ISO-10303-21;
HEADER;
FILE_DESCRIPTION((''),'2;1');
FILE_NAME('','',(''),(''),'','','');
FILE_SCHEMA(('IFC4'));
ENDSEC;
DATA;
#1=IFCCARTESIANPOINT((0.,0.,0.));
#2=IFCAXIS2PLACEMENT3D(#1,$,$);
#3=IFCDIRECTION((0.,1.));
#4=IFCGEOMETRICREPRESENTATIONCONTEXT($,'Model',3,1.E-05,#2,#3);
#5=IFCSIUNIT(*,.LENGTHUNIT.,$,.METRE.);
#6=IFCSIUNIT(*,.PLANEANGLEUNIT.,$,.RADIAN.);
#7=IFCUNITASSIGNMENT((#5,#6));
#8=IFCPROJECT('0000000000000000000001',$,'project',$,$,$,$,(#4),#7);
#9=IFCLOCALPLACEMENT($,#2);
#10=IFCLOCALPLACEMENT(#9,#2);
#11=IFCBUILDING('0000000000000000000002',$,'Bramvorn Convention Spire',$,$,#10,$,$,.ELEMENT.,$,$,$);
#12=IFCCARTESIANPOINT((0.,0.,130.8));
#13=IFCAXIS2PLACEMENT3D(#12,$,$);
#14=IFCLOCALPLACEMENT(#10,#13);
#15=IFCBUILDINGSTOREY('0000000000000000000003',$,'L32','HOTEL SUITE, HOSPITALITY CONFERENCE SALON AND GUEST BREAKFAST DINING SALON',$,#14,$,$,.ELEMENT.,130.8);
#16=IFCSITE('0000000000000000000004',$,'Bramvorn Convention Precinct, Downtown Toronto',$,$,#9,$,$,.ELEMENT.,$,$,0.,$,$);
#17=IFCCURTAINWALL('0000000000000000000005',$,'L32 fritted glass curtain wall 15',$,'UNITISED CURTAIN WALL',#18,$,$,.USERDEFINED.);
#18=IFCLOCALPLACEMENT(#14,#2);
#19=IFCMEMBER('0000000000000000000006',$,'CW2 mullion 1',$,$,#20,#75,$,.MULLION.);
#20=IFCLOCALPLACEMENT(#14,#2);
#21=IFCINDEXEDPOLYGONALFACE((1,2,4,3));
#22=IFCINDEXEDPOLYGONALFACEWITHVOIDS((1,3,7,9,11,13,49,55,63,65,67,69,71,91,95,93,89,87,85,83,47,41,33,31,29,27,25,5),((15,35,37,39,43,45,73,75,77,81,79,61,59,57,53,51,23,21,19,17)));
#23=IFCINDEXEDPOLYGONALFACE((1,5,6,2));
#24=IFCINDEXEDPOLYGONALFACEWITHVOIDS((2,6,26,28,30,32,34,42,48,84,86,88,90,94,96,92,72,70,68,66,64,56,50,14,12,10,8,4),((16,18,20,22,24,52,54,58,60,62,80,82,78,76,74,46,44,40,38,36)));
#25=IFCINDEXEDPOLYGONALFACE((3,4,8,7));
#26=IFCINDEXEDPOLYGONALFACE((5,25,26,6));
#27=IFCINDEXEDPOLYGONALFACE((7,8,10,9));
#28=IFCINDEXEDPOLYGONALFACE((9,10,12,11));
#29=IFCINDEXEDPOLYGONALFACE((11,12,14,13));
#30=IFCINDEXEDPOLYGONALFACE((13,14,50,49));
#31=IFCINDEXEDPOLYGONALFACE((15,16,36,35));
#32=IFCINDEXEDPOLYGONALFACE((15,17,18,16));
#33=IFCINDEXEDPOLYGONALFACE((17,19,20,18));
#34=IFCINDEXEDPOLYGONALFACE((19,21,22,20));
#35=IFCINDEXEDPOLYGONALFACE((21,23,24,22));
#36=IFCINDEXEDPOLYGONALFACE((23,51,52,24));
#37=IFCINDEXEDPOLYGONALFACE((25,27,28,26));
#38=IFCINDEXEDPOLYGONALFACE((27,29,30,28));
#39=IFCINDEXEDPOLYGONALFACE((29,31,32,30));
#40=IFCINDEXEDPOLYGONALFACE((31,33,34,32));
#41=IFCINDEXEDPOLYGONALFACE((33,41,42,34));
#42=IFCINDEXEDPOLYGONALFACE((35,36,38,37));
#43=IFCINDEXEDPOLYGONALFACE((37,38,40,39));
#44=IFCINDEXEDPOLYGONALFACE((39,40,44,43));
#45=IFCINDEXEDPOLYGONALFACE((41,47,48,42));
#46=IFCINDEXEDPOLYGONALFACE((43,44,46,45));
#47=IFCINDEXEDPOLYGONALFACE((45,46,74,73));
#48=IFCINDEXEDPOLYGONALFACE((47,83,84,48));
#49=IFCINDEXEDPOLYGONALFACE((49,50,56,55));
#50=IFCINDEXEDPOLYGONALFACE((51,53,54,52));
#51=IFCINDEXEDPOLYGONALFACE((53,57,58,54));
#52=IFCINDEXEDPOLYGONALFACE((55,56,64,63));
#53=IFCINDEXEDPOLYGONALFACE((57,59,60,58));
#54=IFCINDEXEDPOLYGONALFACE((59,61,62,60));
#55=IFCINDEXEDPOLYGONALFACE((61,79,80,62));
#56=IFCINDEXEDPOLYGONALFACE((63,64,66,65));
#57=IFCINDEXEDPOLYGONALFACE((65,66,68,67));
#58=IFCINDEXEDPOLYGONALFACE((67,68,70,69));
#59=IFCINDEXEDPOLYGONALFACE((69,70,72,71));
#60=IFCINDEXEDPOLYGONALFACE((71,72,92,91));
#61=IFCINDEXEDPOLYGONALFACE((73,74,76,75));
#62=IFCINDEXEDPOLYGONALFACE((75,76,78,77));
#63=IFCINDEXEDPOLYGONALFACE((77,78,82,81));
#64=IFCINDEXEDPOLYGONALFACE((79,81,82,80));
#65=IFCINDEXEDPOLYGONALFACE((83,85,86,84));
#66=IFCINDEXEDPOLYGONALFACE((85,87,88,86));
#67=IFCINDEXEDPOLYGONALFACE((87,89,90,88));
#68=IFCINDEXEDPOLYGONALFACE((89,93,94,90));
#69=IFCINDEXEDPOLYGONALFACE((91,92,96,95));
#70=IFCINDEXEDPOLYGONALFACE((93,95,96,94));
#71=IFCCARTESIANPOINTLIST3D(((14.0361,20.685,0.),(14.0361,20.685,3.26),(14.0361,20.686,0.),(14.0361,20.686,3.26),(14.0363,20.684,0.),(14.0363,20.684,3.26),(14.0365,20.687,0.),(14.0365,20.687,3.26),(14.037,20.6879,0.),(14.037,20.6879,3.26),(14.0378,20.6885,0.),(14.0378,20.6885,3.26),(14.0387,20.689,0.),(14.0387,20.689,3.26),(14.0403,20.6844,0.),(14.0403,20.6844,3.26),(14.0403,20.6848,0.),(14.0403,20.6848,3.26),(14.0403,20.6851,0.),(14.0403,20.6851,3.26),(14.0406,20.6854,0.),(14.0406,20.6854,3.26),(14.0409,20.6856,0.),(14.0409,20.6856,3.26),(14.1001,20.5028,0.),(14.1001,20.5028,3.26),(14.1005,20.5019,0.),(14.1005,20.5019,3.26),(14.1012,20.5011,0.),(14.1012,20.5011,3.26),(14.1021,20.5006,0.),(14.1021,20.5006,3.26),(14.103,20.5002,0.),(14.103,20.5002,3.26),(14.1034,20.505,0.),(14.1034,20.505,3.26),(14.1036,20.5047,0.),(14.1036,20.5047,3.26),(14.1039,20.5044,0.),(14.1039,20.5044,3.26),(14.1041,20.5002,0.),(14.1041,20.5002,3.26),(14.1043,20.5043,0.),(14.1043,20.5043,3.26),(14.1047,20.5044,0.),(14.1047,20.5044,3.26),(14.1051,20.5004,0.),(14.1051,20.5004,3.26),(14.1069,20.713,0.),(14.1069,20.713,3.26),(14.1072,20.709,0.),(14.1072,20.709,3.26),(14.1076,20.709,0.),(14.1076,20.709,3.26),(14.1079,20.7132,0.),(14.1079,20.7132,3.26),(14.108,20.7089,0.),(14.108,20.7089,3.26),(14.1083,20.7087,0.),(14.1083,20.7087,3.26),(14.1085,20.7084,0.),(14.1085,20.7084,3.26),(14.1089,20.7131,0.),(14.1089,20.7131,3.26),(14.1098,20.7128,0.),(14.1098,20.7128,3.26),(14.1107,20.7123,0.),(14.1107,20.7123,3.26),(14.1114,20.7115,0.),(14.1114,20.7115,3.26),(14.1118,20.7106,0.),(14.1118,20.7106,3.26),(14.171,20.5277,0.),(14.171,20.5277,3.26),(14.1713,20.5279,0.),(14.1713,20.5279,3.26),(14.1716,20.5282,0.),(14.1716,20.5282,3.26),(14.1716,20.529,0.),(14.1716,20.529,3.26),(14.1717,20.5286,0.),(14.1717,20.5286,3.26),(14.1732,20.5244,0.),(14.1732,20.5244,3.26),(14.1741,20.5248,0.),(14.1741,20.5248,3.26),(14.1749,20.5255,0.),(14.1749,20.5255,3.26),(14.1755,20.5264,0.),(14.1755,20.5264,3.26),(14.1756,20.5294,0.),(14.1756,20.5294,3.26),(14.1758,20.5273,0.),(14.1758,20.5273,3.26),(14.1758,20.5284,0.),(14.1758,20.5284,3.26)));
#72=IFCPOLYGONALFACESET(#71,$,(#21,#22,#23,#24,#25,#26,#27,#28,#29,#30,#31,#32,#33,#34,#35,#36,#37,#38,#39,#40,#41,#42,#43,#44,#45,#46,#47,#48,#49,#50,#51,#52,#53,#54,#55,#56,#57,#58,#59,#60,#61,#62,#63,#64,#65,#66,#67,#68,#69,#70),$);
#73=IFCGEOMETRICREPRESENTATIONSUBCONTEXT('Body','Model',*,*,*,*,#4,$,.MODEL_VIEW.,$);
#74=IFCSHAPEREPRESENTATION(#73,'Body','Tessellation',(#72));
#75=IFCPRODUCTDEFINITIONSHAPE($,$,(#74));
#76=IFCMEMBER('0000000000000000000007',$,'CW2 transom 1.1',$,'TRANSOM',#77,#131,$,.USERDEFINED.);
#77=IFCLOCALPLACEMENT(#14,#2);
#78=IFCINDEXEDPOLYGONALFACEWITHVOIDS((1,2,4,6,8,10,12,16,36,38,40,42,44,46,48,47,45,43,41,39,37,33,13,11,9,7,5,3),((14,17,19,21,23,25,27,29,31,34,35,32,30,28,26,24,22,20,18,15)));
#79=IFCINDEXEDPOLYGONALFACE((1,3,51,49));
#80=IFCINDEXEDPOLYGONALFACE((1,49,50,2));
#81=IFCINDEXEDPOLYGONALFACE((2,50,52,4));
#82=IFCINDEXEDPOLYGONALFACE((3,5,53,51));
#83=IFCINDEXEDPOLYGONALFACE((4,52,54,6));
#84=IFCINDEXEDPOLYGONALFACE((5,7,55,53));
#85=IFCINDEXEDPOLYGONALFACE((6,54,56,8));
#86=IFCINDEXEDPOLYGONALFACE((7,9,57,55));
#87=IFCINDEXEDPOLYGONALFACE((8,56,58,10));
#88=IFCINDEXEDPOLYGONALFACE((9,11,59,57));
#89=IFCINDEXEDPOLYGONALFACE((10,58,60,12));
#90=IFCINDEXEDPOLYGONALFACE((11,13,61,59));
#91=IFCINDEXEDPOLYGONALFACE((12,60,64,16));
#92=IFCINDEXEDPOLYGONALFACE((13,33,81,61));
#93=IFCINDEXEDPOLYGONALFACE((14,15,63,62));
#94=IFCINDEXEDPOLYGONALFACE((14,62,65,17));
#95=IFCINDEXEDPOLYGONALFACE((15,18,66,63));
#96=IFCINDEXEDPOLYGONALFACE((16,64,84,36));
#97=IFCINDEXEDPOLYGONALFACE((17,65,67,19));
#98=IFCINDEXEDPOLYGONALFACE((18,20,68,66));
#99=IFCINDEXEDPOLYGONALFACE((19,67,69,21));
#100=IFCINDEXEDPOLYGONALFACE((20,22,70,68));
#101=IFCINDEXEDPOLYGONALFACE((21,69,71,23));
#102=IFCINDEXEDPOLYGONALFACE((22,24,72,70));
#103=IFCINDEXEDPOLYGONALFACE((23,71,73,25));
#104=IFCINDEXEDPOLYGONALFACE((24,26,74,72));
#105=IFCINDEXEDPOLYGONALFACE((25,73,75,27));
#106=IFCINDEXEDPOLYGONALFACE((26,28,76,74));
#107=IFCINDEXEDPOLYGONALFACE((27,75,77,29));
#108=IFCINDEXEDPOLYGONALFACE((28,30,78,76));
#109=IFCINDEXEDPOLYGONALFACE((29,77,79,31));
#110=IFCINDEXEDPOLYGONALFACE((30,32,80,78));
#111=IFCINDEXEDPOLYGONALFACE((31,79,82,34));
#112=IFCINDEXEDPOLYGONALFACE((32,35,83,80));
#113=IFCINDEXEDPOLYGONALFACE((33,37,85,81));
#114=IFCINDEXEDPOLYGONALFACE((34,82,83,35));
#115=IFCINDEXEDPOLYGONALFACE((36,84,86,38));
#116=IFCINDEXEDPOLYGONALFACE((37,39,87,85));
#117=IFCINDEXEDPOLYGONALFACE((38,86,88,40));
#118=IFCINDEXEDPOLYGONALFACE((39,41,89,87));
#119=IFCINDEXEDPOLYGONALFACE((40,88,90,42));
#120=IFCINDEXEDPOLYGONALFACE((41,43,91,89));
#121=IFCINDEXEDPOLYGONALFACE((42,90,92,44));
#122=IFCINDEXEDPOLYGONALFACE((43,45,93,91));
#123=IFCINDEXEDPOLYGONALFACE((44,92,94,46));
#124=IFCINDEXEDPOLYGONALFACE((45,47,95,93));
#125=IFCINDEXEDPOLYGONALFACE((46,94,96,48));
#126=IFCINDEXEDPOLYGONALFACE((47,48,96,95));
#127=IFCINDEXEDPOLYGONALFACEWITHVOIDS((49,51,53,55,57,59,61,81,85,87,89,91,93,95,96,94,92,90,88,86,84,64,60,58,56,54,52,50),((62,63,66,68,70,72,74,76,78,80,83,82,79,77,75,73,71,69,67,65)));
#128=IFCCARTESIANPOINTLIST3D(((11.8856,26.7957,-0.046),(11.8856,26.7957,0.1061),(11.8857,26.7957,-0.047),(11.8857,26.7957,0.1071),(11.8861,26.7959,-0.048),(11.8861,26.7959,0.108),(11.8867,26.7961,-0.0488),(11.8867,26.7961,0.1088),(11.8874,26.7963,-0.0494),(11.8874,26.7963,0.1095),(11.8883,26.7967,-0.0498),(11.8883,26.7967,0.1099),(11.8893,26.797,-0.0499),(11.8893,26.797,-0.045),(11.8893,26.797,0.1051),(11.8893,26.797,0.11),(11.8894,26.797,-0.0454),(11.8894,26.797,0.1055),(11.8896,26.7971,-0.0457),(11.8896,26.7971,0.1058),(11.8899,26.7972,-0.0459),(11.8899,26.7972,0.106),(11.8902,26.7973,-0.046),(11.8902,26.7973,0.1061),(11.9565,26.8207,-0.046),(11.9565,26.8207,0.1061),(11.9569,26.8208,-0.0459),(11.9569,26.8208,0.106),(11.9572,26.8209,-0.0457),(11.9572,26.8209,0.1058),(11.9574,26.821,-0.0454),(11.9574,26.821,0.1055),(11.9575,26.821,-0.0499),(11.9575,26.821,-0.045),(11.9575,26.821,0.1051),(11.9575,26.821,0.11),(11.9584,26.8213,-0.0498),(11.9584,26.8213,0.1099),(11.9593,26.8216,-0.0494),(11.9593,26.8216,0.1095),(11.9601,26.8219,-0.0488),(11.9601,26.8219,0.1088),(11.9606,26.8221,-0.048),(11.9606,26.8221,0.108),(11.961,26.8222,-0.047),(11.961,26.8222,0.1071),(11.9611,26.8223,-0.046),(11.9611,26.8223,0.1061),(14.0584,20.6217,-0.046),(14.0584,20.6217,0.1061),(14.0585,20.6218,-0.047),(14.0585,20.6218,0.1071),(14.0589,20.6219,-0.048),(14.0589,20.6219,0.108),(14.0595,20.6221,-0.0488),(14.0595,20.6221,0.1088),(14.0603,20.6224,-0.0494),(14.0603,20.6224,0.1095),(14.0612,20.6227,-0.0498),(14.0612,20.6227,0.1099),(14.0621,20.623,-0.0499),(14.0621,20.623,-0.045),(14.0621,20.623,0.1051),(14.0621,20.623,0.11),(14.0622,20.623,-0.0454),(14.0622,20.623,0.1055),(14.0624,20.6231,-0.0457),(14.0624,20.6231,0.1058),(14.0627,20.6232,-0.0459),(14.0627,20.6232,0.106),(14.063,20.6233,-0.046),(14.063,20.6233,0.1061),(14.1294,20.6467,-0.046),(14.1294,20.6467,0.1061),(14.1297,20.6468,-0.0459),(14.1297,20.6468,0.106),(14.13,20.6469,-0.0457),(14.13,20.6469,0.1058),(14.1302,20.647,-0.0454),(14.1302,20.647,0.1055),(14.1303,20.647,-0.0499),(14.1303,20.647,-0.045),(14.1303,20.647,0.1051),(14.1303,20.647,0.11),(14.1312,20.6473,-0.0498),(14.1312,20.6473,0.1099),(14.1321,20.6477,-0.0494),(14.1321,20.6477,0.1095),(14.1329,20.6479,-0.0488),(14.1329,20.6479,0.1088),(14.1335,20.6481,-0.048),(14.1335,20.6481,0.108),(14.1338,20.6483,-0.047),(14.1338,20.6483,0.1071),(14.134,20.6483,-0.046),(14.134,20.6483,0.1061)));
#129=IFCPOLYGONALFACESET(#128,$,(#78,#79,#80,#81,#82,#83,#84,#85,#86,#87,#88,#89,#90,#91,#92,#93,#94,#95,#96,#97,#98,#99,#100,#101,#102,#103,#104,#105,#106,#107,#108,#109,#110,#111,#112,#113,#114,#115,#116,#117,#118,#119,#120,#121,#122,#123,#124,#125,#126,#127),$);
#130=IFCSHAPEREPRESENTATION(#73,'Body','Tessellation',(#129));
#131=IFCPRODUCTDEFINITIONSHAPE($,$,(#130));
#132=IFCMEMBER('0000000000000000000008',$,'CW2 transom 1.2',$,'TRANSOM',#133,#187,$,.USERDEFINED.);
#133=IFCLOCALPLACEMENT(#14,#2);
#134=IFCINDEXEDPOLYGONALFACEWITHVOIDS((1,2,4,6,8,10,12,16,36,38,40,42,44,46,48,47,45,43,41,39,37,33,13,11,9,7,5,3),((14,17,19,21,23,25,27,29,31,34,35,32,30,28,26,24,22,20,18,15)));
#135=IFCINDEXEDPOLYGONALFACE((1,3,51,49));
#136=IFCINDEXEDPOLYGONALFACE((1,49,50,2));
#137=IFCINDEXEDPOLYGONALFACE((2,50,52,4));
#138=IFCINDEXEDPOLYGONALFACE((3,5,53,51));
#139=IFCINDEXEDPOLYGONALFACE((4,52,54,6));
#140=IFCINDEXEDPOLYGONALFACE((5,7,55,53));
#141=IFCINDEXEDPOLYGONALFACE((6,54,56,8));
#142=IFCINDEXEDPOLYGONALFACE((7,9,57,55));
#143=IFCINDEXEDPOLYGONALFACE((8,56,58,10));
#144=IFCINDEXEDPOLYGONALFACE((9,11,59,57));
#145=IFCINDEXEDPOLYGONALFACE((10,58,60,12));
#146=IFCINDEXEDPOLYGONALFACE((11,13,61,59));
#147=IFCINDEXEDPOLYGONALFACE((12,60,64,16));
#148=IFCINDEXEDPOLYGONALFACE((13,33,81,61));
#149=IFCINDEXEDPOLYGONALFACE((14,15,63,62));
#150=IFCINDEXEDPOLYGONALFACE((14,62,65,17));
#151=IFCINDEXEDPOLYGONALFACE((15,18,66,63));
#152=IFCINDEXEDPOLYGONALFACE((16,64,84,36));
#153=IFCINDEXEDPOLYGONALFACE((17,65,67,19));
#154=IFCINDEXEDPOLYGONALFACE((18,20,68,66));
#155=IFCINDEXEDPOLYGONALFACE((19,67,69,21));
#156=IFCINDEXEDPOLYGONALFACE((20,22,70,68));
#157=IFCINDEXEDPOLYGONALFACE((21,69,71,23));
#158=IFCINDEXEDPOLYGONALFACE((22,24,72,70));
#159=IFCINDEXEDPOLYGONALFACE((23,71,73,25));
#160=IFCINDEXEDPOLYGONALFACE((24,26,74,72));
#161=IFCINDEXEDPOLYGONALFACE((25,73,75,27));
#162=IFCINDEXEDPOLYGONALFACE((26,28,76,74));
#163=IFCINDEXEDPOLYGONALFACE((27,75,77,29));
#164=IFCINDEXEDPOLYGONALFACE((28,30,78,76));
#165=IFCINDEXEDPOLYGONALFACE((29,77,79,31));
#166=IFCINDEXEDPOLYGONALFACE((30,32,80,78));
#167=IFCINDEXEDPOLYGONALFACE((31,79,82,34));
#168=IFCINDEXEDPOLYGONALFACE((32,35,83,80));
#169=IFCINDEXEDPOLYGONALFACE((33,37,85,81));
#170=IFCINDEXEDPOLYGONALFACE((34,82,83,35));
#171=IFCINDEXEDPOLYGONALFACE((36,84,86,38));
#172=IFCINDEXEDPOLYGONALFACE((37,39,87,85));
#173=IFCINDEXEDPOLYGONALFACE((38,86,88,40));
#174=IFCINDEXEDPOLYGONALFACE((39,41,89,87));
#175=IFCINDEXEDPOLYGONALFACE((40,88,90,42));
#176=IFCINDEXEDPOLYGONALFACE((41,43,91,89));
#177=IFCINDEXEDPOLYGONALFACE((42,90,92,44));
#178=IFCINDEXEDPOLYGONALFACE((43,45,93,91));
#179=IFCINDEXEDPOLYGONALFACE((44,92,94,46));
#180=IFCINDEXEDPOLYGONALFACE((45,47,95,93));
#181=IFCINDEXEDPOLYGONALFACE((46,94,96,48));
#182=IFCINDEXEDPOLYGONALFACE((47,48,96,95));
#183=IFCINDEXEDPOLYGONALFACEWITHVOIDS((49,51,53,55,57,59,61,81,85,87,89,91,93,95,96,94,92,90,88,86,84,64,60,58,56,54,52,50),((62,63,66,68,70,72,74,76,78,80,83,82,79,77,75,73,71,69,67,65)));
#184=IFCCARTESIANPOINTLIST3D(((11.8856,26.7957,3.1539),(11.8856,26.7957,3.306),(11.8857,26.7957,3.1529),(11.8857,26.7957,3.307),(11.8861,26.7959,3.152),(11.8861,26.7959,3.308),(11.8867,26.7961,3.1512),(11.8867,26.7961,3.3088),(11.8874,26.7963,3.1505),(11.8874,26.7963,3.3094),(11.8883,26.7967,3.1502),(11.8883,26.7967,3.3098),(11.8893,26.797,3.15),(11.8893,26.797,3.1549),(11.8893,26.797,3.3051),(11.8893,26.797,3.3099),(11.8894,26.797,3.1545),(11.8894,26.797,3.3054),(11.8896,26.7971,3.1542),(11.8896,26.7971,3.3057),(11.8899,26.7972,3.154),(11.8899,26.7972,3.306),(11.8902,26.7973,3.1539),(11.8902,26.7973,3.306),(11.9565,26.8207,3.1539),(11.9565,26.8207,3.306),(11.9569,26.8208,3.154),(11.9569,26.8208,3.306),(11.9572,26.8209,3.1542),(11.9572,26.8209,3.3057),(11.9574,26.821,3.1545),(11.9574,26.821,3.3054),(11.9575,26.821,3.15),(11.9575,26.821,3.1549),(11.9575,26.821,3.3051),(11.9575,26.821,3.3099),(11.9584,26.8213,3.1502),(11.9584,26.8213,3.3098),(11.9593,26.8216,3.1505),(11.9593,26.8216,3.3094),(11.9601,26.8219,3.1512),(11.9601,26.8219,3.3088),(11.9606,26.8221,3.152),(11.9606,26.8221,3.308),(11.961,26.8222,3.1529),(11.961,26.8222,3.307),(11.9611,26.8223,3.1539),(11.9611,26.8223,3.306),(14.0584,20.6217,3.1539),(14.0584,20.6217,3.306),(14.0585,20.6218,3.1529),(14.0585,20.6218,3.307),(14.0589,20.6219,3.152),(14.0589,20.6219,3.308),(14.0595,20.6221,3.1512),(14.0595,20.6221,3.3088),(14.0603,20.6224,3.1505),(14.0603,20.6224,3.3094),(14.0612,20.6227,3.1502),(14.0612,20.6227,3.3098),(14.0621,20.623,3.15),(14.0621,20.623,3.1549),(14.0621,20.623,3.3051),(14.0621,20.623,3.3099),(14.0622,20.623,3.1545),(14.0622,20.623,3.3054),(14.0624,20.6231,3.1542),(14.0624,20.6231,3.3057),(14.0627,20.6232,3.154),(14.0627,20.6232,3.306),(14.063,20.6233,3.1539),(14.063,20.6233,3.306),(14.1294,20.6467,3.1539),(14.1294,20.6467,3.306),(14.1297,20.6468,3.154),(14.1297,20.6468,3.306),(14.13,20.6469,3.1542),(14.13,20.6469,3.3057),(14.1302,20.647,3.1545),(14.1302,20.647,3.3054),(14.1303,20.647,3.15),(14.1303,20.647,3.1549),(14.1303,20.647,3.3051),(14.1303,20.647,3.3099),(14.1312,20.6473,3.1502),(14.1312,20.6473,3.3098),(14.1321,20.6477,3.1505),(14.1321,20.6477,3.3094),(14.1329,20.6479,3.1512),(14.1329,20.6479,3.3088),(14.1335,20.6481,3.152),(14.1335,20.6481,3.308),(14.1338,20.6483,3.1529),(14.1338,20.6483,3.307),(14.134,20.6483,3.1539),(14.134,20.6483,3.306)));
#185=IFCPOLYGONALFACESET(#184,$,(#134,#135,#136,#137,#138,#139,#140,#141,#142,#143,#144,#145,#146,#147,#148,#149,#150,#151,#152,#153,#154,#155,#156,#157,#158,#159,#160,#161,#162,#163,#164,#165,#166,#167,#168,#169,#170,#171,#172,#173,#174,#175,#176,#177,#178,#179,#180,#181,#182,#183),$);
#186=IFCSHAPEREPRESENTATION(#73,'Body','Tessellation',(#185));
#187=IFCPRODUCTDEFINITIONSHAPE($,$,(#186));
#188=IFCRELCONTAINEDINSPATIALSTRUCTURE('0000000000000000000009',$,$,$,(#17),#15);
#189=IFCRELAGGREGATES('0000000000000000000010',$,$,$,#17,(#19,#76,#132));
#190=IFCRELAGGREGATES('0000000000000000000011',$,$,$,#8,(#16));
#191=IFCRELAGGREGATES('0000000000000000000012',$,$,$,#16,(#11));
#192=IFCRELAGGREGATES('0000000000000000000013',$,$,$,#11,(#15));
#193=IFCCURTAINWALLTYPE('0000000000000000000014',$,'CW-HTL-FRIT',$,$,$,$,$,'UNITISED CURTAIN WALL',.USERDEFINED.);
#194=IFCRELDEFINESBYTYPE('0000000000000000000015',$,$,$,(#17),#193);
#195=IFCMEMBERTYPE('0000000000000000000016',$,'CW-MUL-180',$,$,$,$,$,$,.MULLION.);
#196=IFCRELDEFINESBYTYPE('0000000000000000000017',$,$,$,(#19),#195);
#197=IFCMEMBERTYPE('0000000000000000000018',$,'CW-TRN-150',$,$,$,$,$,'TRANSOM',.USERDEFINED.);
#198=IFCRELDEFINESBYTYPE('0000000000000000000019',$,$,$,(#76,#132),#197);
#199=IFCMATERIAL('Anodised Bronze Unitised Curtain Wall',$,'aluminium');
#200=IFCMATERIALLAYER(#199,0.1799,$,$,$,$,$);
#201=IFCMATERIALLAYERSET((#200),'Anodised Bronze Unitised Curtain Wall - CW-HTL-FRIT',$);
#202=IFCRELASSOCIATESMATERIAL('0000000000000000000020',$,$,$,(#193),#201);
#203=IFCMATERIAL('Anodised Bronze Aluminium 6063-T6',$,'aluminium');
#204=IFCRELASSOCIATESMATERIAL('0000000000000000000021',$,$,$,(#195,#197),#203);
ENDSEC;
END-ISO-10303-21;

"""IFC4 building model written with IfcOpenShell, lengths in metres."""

from ifc_helpers import new_model, si_unit, direction, frame, origin, origin_2d, place, context, subcontext, project, spatial, hollow_rectangle, extrude, material, layer, layer_set, material_profile, profile_set, type_object, element, aggregate, save


model = new_model("IFC4")

# Units and contexts
model_context = context("Model", 3, precision=1e-05, world=origin(), true_north=direction((0.0, 1.0)))
body_context = subcontext(model_context, "Body", "Model", "MODEL_VIEW")
ifc_project = project(units=[si_unit("LENGTHUNIT", "METRE"), si_unit("PLANEANGLEUNIT", "RADIAN")], contexts=[model_context])

# Site, building, storey
site_placement = place(None, origin())
site = spatial("IfcSite", under=ifc_project, at=site_placement, Name="Bramvorn Convention Precinct, Downtown Toronto", CompositionType="ELEMENT", RefElevation=0.0)
building_placement = place(site_placement, origin())
building = spatial("IfcBuilding", under=site, at=building_placement, Name="Bramvorn Convention Spire", CompositionType="ELEMENT")
storey_placement = place(building_placement, frame((0.0, 0.0, 130.8)))
storey = spatial("IfcBuildingStorey", under=building, at=storey_placement, Name="L32", Description="HOTEL SUITE, HOSPITALITY CONFERENCE SALON AND GUEST BREAKFAST DINING SALON", CompositionType="ELEMENT", Elevation=130.8)

# Curtain wall, members
ifc_material_1 = material(Name="Anodised Bronze Unitised Curtain Wall", Category="aluminium")
ifc_layer_1 = layer(ifc_material_1, 0.1799)
ifc_layer_set_1 = layer_set([ifc_layer_1], Name="Anodised Bronze Unitised Curtain Wall - CW-HTL-FRIT")
curtain_wall_type = type_object("IfcCurtainWallType", Name="CW-HTL-FRIT", ElementType="UNITISED CURTAIN WALL", PredefinedType="USERDEFINED", material=ifc_layer_set_1)
curtain_wall_placement = place(storey_placement, origin())
curtain_wall = element("IfcCurtainWall", 1, at=curtain_wall_placement, inside=storey, type_object=curtain_wall_type, Name="L32 fritted glass curtain wall 15", ObjectType="UNITISED CURTAIN WALL", PredefinedType="USERDEFINED")
ifc_material_2 = material(Name="Anodised Bronze Aluminium 6063-T6", Category="aluminium")
ifc_material_profile_1 = material_profile(ifc_material_2, hollow_rectangle(XDim=0.0801, YDim=0.2, WallThickness=0.0039, InnerFilletRadius=0.001, OuterFilletRadius=0.0039, at=origin_2d()))
ifc_profile_set_1 = profile_set([ifc_material_profile_1], Name="Anodised Bronze Aluminium 6063-T6 - CWM80X200")
member_type_1 = type_object("IfcMemberType", Name="CW-MUL-180", PredefinedType="MULLION", material=ifc_profile_set_1)
member_1_placement = place(storey_placement, frame((14.106, 20.6067, 0.0), z_axis=(0.0, 0.0, 1.0), x_axis=(-0.943297, -0.331951, 0.0)))
member_1 = element("IfcMember", 2, at=member_1_placement, type_object=member_type_1, Name="CW2 mullion 1", PredefinedType="MULLION", context=body_context, shape_type="SweptSolid", body=[
    extrude(hollow_rectangle(XDim=0.0801, YDim=0.2, WallThickness=0.0039, InnerFilletRadius=0.001, OuterFilletRadius=0.0039, at=origin_2d()), origin(), (0.0, 0.0, 1.0), 3.26),
])
ifc_material_profile_2 = material_profile(ifc_material_2, hollow_rectangle(XDim=0.0801, YDim=0.1599, WallThickness=0.0039, InnerFilletRadius=0.001, OuterFilletRadius=0.0039, at=origin_2d()))
ifc_profile_set_2 = profile_set([ifc_material_profile_2], Name="Anodised Bronze Aluminium 6063-T6 - CWT80X160")
member_type_2 = type_object("IfcMemberType", Name="CW-TRN-150", ElementType="TRANSOM", PredefinedType="USERDEFINED", material=ifc_profile_set_2)
member_2_placement = place(storey_placement, frame((14.0962, 20.635, 0.03), z_axis=(-0.331973, 0.943289, 0.0), x_axis=(-0.943289, -0.331973, 0.0)))
member_2 = element("IfcMember", 3, at=member_2_placement, type_object=member_type_2, Name="CW2 transom 1.1", ObjectType="TRANSOM", PredefinedType="USERDEFINED", context=body_context, shape_type="SweptSolid", body=[
    extrude(hollow_rectangle(XDim=0.0801, YDim=0.1599, WallThickness=0.0039, InnerFilletRadius=0.001, OuterFilletRadius=0.0039, at=origin_2d()), origin(), (0.0, 0.0, 1.0), 6.5452),
])
member_3_placement = place(storey_placement, frame((14.0962, 20.635, 3.23), z_axis=(-0.331973, 0.943289, 0.0), x_axis=(-0.943289, -0.331973, 0.0)))
member_3 = element("IfcMember", 4, at=member_3_placement, type_object=member_type_2, Name="CW2 transom 1.2", ObjectType="TRANSOM", PredefinedType="USERDEFINED", context=body_context, shape_type="SweptSolid", body=[
    extrude(hollow_rectangle(XDim=0.0801, YDim=0.1599, WallThickness=0.0039, InnerFilletRadius=0.001, OuterFilletRadius=0.0039, at=origin_2d()), origin(), (0.0, 0.0, 1.0), 6.5452),
])

aggregate(curtain_wall, [member_1, member_2, member_3])

save(model, "model.ifc")
